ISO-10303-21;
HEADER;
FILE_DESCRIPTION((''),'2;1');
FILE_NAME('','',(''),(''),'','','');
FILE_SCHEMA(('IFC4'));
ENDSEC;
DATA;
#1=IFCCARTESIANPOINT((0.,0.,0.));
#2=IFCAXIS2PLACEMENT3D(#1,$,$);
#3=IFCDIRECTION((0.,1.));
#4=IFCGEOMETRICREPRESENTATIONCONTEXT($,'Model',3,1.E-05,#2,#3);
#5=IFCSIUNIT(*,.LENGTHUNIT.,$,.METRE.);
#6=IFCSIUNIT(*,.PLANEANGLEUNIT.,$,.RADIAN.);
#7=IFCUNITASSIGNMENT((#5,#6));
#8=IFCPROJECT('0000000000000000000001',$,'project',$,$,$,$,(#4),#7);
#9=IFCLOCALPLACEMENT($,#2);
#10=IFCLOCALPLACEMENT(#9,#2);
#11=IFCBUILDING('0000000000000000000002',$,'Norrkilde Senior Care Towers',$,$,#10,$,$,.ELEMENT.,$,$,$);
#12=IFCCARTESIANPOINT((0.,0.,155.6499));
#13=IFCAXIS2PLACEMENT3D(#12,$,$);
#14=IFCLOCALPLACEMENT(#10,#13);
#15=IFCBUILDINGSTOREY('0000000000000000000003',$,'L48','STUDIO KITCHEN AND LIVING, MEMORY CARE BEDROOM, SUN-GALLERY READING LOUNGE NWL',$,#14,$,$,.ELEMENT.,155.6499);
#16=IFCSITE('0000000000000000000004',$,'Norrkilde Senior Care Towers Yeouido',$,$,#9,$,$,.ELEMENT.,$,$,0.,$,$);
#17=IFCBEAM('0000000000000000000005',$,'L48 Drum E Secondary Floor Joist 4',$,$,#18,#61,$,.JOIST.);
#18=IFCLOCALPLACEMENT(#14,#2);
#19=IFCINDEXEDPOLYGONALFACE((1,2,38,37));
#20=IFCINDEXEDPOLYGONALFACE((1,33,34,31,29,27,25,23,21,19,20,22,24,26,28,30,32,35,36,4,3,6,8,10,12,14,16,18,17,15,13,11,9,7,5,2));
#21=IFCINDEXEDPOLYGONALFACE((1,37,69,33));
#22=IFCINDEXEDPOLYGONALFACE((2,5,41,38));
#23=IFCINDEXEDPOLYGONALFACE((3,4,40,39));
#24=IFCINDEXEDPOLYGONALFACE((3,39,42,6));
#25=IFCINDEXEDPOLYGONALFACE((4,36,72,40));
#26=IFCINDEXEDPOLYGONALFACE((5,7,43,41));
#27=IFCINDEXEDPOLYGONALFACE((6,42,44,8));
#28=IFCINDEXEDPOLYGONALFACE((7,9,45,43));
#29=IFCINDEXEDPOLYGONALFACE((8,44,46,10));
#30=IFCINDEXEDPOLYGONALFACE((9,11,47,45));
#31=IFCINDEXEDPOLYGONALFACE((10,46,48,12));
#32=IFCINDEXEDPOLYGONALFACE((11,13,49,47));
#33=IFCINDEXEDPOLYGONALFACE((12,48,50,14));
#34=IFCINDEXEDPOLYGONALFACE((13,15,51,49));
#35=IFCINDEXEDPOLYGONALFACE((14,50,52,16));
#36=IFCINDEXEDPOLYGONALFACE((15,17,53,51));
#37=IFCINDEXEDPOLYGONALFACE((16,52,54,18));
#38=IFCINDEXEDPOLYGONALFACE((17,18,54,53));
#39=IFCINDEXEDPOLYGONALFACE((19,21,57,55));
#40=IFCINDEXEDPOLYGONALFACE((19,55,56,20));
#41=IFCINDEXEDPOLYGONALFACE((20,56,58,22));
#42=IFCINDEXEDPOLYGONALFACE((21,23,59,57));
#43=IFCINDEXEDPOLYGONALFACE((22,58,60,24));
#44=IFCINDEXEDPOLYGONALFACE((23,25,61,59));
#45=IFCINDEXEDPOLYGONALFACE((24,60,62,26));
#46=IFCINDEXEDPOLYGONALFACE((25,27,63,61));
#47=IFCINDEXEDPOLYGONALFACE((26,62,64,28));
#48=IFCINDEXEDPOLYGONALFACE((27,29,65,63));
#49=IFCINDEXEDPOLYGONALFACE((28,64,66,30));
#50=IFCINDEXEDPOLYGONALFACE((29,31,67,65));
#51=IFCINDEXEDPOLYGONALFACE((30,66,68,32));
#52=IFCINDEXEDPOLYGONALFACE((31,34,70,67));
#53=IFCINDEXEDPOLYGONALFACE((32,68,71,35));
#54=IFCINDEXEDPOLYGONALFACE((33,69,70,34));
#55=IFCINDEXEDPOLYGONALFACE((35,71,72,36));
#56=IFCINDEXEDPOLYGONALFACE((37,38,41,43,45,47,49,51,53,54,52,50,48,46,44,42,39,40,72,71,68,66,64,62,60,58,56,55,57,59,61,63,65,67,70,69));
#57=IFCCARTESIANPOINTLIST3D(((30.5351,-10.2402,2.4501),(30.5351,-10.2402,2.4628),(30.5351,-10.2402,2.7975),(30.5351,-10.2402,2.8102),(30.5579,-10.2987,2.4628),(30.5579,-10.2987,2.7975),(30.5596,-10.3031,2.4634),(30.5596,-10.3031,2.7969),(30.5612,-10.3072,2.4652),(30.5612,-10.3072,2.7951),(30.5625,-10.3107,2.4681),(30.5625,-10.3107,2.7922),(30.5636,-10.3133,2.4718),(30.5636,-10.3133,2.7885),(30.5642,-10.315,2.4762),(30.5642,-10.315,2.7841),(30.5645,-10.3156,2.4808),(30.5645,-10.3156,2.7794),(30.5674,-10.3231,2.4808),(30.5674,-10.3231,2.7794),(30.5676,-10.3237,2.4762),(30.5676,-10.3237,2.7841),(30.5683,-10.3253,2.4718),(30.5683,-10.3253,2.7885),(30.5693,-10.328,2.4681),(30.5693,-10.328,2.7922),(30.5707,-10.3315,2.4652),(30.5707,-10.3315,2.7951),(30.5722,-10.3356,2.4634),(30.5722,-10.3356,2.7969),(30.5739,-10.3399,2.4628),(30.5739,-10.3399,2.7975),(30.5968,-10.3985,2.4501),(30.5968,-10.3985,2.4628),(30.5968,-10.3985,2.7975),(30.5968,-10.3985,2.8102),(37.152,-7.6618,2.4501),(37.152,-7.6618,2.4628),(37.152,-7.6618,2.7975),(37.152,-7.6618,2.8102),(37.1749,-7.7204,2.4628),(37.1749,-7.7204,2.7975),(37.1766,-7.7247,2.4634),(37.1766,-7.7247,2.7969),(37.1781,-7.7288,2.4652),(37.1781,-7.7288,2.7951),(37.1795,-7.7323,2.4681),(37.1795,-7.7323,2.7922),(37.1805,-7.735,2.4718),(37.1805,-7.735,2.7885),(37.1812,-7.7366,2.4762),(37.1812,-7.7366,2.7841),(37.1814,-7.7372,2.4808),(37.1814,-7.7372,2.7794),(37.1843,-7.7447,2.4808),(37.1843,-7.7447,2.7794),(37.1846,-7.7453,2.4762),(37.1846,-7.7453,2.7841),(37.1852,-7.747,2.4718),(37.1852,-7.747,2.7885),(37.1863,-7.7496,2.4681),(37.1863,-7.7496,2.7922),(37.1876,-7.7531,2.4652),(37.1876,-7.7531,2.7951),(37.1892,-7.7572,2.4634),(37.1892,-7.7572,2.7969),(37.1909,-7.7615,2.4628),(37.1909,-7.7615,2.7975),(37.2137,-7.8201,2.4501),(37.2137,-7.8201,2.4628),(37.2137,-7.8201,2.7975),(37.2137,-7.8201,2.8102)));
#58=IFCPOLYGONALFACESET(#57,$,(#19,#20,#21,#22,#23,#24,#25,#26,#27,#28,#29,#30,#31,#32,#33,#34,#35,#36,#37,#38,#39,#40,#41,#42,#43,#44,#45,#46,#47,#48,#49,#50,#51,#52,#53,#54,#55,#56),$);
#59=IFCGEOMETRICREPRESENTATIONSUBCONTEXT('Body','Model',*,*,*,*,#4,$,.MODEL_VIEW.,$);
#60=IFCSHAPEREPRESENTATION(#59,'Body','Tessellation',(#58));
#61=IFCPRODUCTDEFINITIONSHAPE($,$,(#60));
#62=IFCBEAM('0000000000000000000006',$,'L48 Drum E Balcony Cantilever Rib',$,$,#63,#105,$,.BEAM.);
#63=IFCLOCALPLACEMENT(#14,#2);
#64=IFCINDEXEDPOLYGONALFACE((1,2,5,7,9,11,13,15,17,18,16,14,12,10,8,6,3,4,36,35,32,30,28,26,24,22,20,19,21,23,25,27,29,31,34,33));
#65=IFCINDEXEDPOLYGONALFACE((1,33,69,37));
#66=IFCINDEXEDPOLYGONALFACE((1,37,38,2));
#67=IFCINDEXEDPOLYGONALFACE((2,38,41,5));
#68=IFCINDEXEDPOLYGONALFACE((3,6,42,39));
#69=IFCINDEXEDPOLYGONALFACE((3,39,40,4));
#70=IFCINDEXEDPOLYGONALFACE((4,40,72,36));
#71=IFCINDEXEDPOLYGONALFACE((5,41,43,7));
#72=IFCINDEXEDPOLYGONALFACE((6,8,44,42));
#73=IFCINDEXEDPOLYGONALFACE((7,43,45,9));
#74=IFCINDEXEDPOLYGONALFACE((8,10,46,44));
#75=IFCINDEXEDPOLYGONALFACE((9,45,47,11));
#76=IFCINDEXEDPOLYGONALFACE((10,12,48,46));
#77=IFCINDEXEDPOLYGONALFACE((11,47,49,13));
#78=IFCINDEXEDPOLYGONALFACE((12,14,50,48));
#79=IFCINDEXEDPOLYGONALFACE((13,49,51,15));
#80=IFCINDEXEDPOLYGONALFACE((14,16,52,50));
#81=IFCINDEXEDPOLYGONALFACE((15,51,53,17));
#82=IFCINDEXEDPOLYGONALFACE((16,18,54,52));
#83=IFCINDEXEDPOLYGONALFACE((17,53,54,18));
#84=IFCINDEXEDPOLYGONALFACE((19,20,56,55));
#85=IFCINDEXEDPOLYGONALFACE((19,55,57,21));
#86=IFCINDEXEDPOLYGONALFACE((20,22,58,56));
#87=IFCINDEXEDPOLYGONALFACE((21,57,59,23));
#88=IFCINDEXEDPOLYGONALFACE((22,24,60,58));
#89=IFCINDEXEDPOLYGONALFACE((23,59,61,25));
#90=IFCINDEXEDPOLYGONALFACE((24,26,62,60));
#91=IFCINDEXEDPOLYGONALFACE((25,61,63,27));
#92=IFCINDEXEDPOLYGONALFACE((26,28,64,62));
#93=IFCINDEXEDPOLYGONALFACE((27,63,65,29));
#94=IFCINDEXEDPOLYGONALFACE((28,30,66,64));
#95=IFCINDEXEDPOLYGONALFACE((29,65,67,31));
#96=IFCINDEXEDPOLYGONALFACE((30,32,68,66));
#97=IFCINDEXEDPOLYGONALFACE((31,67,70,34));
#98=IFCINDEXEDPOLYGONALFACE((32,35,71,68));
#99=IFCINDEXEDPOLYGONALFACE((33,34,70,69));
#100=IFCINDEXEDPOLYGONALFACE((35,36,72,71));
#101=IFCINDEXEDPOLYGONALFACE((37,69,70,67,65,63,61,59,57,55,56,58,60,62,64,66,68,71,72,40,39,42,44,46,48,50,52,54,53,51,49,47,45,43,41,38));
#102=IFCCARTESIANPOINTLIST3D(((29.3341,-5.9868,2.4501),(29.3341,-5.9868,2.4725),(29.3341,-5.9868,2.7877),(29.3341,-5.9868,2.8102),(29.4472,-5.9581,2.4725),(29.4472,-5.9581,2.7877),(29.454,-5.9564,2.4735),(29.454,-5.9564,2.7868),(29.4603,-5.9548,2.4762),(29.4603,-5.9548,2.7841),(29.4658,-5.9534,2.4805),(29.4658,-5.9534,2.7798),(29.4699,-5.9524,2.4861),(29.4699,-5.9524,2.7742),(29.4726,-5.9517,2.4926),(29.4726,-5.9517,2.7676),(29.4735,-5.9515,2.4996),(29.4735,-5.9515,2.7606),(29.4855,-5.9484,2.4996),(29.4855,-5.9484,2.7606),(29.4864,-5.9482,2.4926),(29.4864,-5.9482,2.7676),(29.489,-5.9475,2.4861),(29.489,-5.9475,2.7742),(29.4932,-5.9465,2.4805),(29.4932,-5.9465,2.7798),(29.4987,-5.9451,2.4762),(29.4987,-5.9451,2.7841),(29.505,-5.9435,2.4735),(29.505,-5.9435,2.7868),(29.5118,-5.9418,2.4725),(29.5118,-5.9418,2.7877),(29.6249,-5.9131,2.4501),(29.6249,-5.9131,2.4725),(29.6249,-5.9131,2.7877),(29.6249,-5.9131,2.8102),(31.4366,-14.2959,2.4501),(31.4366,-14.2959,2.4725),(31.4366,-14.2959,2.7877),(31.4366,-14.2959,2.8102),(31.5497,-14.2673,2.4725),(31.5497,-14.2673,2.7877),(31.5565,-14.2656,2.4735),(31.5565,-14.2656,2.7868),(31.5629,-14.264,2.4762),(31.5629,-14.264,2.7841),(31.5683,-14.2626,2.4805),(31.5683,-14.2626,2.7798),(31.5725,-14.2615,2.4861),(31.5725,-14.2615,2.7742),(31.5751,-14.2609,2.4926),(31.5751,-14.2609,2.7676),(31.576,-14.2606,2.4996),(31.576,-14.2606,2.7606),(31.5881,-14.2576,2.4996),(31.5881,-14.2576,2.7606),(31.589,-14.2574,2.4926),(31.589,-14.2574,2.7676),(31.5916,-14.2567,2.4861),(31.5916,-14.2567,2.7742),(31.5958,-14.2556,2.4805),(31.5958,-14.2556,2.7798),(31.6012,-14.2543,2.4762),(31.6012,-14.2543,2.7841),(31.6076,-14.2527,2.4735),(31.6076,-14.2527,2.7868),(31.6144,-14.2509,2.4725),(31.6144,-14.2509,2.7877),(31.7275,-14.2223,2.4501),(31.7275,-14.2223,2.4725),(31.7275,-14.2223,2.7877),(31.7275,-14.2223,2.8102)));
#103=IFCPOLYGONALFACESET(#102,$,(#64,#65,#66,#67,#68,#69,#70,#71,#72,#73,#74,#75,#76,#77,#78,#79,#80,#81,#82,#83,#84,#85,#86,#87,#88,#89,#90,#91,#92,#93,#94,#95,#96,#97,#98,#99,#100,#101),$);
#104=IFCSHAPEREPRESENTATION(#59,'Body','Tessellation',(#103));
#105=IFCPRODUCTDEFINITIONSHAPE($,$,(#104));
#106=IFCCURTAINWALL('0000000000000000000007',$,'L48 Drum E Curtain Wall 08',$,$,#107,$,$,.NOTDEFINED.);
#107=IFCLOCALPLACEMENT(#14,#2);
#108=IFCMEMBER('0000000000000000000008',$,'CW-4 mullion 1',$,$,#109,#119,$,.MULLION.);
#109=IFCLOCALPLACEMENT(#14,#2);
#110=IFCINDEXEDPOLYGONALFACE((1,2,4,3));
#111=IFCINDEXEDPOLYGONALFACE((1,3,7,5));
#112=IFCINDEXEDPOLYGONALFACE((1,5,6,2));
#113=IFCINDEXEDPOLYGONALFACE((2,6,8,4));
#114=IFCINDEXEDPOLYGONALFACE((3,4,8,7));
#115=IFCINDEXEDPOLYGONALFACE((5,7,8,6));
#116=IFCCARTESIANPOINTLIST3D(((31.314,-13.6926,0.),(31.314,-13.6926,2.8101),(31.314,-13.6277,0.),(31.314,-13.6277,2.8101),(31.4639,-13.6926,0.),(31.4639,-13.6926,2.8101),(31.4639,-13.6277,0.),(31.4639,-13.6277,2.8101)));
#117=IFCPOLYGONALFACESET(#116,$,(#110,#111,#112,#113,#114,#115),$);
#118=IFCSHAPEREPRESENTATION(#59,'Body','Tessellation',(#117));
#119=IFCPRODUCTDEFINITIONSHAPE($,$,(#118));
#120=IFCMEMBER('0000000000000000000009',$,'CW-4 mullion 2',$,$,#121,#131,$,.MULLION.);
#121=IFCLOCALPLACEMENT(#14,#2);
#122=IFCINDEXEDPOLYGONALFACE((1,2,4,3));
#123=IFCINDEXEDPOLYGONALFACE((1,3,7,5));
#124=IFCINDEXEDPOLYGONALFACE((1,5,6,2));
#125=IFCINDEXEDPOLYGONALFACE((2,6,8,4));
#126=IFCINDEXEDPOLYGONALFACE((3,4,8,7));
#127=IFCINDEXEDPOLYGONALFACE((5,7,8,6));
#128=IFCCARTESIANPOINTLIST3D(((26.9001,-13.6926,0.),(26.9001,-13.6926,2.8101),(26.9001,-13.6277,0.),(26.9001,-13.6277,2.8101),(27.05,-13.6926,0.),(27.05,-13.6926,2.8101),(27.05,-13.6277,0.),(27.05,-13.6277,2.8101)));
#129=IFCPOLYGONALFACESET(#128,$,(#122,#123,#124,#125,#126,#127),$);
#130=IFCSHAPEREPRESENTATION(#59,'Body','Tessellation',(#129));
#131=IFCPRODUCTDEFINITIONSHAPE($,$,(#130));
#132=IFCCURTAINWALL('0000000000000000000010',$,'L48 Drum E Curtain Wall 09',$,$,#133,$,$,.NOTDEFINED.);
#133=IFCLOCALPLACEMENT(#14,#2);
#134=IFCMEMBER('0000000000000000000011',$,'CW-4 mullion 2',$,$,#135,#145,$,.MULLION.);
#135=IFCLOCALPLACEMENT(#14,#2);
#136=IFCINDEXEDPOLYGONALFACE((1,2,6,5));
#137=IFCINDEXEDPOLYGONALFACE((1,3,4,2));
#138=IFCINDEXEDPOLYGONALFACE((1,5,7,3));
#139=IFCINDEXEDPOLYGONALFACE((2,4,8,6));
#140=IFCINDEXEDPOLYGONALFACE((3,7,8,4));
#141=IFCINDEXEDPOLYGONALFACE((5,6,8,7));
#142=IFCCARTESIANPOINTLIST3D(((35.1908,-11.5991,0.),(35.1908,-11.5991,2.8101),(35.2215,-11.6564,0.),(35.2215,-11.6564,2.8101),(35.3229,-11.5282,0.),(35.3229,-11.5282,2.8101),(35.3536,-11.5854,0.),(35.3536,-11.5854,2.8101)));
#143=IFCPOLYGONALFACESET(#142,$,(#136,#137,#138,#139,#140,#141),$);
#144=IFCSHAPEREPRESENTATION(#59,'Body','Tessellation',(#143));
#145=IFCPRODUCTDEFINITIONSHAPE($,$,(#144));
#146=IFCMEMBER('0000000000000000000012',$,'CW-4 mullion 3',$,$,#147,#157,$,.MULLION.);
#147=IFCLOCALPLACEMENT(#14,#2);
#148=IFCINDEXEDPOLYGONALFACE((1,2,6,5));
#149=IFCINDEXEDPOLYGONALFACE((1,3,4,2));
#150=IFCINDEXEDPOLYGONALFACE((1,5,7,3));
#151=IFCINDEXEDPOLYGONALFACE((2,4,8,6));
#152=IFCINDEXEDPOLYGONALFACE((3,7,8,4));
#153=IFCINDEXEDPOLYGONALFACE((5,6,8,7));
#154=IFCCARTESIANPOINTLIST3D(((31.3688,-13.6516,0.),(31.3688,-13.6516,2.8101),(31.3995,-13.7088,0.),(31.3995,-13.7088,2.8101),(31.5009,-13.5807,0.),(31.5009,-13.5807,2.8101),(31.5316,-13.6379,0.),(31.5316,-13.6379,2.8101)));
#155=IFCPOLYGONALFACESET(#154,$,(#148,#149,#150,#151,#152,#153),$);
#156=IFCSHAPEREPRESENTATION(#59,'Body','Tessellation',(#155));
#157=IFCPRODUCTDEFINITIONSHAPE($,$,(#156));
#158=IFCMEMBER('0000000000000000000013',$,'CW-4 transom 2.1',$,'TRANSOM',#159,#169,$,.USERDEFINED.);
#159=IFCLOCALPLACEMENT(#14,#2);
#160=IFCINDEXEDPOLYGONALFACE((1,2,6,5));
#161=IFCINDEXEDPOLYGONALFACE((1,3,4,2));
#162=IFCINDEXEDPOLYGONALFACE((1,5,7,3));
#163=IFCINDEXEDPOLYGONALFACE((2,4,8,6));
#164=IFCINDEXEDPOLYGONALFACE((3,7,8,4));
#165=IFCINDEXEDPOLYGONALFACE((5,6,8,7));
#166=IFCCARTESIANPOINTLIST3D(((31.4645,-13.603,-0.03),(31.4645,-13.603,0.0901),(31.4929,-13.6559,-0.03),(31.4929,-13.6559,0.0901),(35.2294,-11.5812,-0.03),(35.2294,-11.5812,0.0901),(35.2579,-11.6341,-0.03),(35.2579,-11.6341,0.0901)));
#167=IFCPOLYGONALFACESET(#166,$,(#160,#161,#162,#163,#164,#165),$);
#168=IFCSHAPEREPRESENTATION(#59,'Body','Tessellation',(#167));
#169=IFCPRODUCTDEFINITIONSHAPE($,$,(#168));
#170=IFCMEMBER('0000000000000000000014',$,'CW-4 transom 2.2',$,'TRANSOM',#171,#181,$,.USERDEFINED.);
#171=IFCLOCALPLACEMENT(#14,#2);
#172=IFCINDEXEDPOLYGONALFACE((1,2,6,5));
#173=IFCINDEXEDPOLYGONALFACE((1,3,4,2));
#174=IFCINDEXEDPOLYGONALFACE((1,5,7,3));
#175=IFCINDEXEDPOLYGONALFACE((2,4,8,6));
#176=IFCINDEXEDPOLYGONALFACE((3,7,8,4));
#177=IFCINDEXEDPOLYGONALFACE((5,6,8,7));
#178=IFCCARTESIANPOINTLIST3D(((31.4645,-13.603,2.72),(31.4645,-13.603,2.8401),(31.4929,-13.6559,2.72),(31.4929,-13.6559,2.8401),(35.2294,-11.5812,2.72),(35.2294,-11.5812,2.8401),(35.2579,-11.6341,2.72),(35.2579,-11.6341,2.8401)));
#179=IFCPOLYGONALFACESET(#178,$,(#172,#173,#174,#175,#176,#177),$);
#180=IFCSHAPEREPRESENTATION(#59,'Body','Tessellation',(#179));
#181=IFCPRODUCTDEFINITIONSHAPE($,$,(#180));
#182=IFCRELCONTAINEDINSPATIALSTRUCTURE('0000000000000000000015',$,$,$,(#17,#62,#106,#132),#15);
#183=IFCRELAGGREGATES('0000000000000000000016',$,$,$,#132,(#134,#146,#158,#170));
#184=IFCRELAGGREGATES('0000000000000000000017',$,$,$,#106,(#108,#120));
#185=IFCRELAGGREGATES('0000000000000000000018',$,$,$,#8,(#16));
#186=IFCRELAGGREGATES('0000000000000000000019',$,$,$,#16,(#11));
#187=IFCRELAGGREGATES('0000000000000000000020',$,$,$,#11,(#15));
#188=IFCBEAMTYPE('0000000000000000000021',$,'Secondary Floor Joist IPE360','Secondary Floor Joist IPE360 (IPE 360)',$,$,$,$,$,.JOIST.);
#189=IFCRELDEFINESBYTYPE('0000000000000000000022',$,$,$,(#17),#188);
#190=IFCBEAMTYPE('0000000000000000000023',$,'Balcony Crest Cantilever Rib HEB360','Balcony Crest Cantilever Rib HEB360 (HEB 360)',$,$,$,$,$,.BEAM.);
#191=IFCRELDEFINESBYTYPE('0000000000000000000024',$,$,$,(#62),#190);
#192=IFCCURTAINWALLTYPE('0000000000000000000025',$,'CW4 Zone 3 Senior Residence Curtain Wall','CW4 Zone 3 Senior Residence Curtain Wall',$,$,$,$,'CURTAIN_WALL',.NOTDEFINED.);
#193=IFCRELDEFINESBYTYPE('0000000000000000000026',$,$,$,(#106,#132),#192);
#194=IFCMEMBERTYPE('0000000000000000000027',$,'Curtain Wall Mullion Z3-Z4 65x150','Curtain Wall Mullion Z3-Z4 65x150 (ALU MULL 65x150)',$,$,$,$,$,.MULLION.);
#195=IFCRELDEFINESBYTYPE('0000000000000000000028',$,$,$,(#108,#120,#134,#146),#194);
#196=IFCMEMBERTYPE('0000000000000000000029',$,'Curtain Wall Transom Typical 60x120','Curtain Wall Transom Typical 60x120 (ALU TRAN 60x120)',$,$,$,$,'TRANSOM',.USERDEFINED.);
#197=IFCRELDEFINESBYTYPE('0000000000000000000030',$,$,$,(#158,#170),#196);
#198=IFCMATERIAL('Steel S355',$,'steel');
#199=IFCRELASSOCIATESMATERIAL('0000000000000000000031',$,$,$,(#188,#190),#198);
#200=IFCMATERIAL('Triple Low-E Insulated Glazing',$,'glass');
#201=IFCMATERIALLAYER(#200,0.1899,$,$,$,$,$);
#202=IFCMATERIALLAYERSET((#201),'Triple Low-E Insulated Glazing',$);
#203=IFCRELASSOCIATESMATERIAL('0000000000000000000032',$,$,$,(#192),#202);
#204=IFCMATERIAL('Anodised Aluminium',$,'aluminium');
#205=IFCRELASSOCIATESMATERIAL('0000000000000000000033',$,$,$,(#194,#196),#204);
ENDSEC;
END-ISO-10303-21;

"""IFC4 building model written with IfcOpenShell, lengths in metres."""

from ifc_helpers import new_model, si_unit, direction, frame, origin, origin_2d, place, context, subcontext, project, spatial, rectangle, i_section, extrude, source, transform, mapped, material, layer, layer_set, material_profile, profile_set, type_object, type_shapes, element, aggregate, save


model = new_model("IFC4")

# Units and contexts
model_context = context("Model", 3, precision=1e-05, world=origin(), true_north=direction((0.0, 1.0)))
body_context = subcontext(model_context, "Body", "Model", "MODEL_VIEW")
ifc_project = project(units=[si_unit("LENGTHUNIT", "METRE"), si_unit("PLANEANGLEUNIT", "RADIAN")], contexts=[model_context])

# Site, building, storey
site_placement = place(None, origin())
site = spatial("IfcSite", under=ifc_project, at=site_placement, Name="Norrkilde Senior Care Towers Yeouido", CompositionType="ELEMENT", RefElevation=0.0)
building_placement = place(site_placement, origin())
building = spatial("IfcBuilding", under=site, at=building_placement, Name="Norrkilde Senior Care Towers", CompositionType="ELEMENT")
storey_placement = place(building_placement, frame((0.0, 0.0, 155.6499)))
storey = spatial("IfcBuildingStorey", under=building, at=storey_placement, Name="L48", Description="STUDIO KITCHEN AND LIVING, MEMORY CARE BEDROOM, SUN-GALLERY READING LOUNGE NWL", CompositionType="ELEMENT", Elevation=155.6499)

# Beams
ifc_material_1 = material(Name="Steel S355", Category="steel")
ifc_material_profile_1 = material_profile(ifc_material_1, i_section(OverallWidth=0.1699, OverallDepth=0.3601, WebThickness=0.0081, FlangeThickness=0.0127, FilletRadius=0.0181, at=origin_2d()), Name="IPE 360")
ifc_profile_set_1 = profile_set([ifc_material_profile_1], Name="Steel S355")
beam_type_1 = type_object("IfcBeamType", Name="Secondary Floor Joist IPE360", Description="Secondary Floor Joist IPE360 (IPE 360)", PredefinedType="JOIST", material=ifc_profile_set_1)
shared_shape_1 = source(origin(), body_context, "Body", "SweptSolid", [
    extrude(i_section(OverallWidth=0.1699, OverallDepth=0.3601, WebThickness=0.0081, FlangeThickness=0.0127, FilletRadius=0.0181, at=origin_2d()), origin(), (0.0, 0.0, 1.0), 7.1016),
])
type_shapes(beam_type_1, [shared_shape_1])
beam_1_placement = place(storey_placement, frame((30.5659, -10.3193, 2.6301), z_axis=(0.931761, 0.363072, 0.0), x_axis=(-0.363072, 0.931761, 0.0)))
element("IfcBeam", 1, at=beam_1_placement, inside=storey, type_object=beam_type_1, Name="L48 Drum E Secondary Floor Joist 4", PredefinedType="JOIST", context=body_context, shape_type="MappedRepresentation", body=[
    mapped(shared_shape_1, transform((0.0, 0.0, 0.0), x_axis=(1.0, 0.0, 0.0), y_axis=(0.0, 1.0, 0.0), z_axis=(0.0, 0.0, 1.0), scale=1.0)),
])
ifc_material_profile_2 = material_profile(ifc_material_1, i_section(OverallWidth=0.3, OverallDepth=0.3601, WebThickness=0.0125, FlangeThickness=0.0225, FilletRadius=0.0271, at=origin_2d()), Name="HEB 360")
ifc_profile_set_2 = profile_set([ifc_material_profile_2], Name="Steel S355")
beam_type_2 = type_object("IfcBeamType", Name="Balcony Crest Cantilever Rib HEB360", Description="Balcony Crest Cantilever Rib HEB360 (HEB 360)", PredefinedType="BEAM", material=ifc_profile_set_2)
shared_shape_2 = source(origin(), body_context, "Body", "SweptSolid", [
    extrude(i_section(OverallWidth=0.3, OverallDepth=0.3601, WebThickness=0.0125, FlangeThickness=0.0225, FilletRadius=0.0271, at=origin_2d()), origin(), (0.0, 0.0, 1.0), 8.571),
])
type_shapes(beam_type_2, [shared_shape_2])
beam_2_placement = place(storey_placement, frame((29.4795, -5.95, 2.6301), z_axis=(0.245309, -0.969445, 0.0), x_axis=(0.969445, 0.245309, 0.0)))
element("IfcBeam", 2, at=beam_2_placement, inside=storey, type_object=beam_type_2, Name="L48 Drum E Balcony Cantilever Rib", PredefinedType="BEAM", context=body_context, shape_type="MappedRepresentation", body=[
    mapped(shared_shape_2, transform((0.0, 0.0, 0.0), x_axis=(1.0, 0.0, 0.0), y_axis=(0.0, 1.0, 0.0), z_axis=(0.0, 0.0, 1.0), scale=1.0)),
])

# Curtain walls, members
ifc_material_2 = material(Name="Triple Low-E Insulated Glazing", Category="glass")
ifc_layer_1 = layer(ifc_material_2, 0.1899)
ifc_layer_set_1 = layer_set([ifc_layer_1], Name="Triple Low-E Insulated Glazing")
curtain_wall_type = type_object("IfcCurtainWallType", Name="CW4 Zone 3 Senior Residence Curtain Wall", Description="CW4 Zone 3 Senior Residence Curtain Wall", ElementType="CURTAIN_WALL", PredefinedType="NOTDEFINED", material=ifc_layer_set_1)
curtain_wall_1_placement = place(storey_placement, origin())
curtain_wall_1 = element("IfcCurtainWall", 3, at=curtain_wall_1_placement, inside=storey, type_object=curtain_wall_type, Name="L48 Drum E Curtain Wall 08", PredefinedType="NOTDEFINED")
ifc_material_3 = material(Name="Anodised Aluminium", Category="aluminium")
ifc_material_profile_3 = material_profile(ifc_material_3, rectangle(XDim=0.0649, YDim=0.1499, at=origin_2d()), Name="ALU MULL 65x150")
ifc_profile_set_3 = profile_set([ifc_material_profile_3], Name="Anodised Aluminium")
member_type_1 = type_object("IfcMemberType", Name="Curtain Wall Mullion Z3-Z4 65x150", Description="Curtain Wall Mullion Z3-Z4 65x150 (ALU MULL 65x150)", PredefinedType="MULLION", material=ifc_profile_set_3)
shared_shape_3 = source(origin(), body_context, "Body", "SweptSolid", [
    extrude(rectangle(XDim=0.0649, YDim=0.1499, at=origin_2d()), origin(), (0.0, 0.0, 1.0), 2.8101),
])
type_shapes(member_type_1, [shared_shape_3])
member_1_placement = place(storey_placement, frame((31.3889, -13.6602, 0.0), z_axis=(0.0, 0.0, 1.0), x_axis=(0.0, -1.0, 0.0)))
member_1 = element("IfcMember", 4, at=member_1_placement, type_object=member_type_1, Name="CW-4 mullion 1", PredefinedType="MULLION", context=body_context, shape_type="MappedRepresentation", body=[
    mapped(shared_shape_3, transform((0.0, 0.0, 0.0), x_axis=(1.0, 0.0, 0.0), y_axis=(0.0, 1.0, 0.0), z_axis=(0.0, 0.0, 1.0), scale=1.0)),
])
member_2_placement = place(storey_placement, frame((26.9751, -13.6602, 0.0), z_axis=(0.0, 0.0, 1.0), x_axis=(0.0, -1.0, 0.0)))
member_2 = element("IfcMember", 5, at=member_2_placement, type_object=member_type_1, Name="CW-4 mullion 2", PredefinedType="MULLION", context=body_context, shape_type="MappedRepresentation", body=[
    mapped(shared_shape_3, transform((0.0, 0.0, 0.0), x_axis=(1.0, 0.0, 0.0), y_axis=(0.0, 1.0, 0.0), z_axis=(0.0, 0.0, 1.0), scale=1.0)),
])
curtain_wall_2_placement = place(storey_placement, origin())
curtain_wall_2 = element("IfcCurtainWall", 6, at=curtain_wall_2_placement, inside=storey, type_object=curtain_wall_type, Name="L48 Drum E Curtain Wall 09", PredefinedType="NOTDEFINED")
member_3_placement = place(storey_placement, frame((35.2722, -11.5923, 0.0), z_axis=(0.0, 0.0, 1.0), x_axis=(0.473117, -0.881, 0.0)))
member_3 = element("IfcMember", 7, at=member_3_placement, type_object=member_type_1, Name="CW-4 mullion 2", PredefinedType="MULLION", context=body_context, shape_type="MappedRepresentation", body=[
    mapped(shared_shape_3, transform((0.0, 0.0, 0.0), x_axis=(1.0, 0.0, 0.0), y_axis=(0.0, 1.0, 0.0), z_axis=(0.0, 0.0, 1.0), scale=1.0)),
])
member_4_placement = place(storey_placement, frame((31.4502, -13.6448, 0.0), z_axis=(0.0, 0.0, 1.0), x_axis=(0.473117, -0.881, 0.0)))
member_4 = element("IfcMember", 8, at=member_4_placement, type_object=member_type_1, Name="CW-4 mullion 3", PredefinedType="MULLION", context=body_context, shape_type="MappedRepresentation", body=[
    mapped(shared_shape_3, transform((0.0, 0.0, 0.0), x_axis=(1.0, 0.0, 0.0), y_axis=(0.0, 1.0, 0.0), z_axis=(0.0, 0.0, 1.0), scale=1.0)),
])
ifc_material_profile_4 = material_profile(ifc_material_3, rectangle(XDim=0.0601, YDim=0.1201, at=origin_2d()), Name="ALU TRAN 60x120")
ifc_profile_set_4 = profile_set([ifc_material_profile_4], Name="Anodised Aluminium")
member_type_2 = type_object("IfcMemberType", Name="Curtain Wall Transom Typical 60x120", Description="Curtain Wall Transom Typical 60x120 (ALU TRAN 60x120)", ElementType="TRANSOM", PredefinedType="USERDEFINED", material=ifc_profile_set_4)
shared_shape_4 = source(origin(), body_context, "Body", "SweptSolid", [
    extrude(rectangle(XDim=0.0601, YDim=0.1201, at=origin_2d()), origin(), (0.0, 0.0, 1.0), 4.2734),
])
member_5_placement = place(storey_placement, frame((35.2437, -11.6077, 0.03), z_axis=(-0.88101, -0.473098, 0.0), x_axis=(0.473098, -0.88101, 0.0)))
member_5 = element("IfcMember", 9, at=member_5_placement, type_object=member_type_2, Name="CW-4 transom 2.1", ObjectType="TRANSOM", PredefinedType="USERDEFINED", context=body_context, shape_type="MappedRepresentation", body=[
    mapped(shared_shape_4, transform((0.0, 0.0, 0.0), x_axis=(1.0, 0.0, 0.0), y_axis=(0.0, 1.0, 0.0), z_axis=(0.0, 0.0, 1.0), scale=1.0)),
])
member_6_placement = place(storey_placement, frame((35.2437, -11.6077, 2.78), z_axis=(-0.88101, -0.473098, 0.0), x_axis=(0.473098, -0.88101, 0.0)))
member_6 = element("IfcMember", 10, at=member_6_placement, type_object=member_type_2, Name="CW-4 transom 2.2", ObjectType="TRANSOM", PredefinedType="USERDEFINED", context=body_context, shape_type="MappedRepresentation", body=[
    mapped(shared_shape_4, transform((0.0, 0.0, 0.0), x_axis=(1.0, 0.0, 0.0), y_axis=(0.0, 1.0, 0.0), z_axis=(0.0, 0.0, 1.0), scale=1.0)),
])

aggregate(curtain_wall_2, [member_3, member_4, member_5, member_6])
aggregate(curtain_wall_1, [member_1, member_2])

save(model, "model.ifc")
